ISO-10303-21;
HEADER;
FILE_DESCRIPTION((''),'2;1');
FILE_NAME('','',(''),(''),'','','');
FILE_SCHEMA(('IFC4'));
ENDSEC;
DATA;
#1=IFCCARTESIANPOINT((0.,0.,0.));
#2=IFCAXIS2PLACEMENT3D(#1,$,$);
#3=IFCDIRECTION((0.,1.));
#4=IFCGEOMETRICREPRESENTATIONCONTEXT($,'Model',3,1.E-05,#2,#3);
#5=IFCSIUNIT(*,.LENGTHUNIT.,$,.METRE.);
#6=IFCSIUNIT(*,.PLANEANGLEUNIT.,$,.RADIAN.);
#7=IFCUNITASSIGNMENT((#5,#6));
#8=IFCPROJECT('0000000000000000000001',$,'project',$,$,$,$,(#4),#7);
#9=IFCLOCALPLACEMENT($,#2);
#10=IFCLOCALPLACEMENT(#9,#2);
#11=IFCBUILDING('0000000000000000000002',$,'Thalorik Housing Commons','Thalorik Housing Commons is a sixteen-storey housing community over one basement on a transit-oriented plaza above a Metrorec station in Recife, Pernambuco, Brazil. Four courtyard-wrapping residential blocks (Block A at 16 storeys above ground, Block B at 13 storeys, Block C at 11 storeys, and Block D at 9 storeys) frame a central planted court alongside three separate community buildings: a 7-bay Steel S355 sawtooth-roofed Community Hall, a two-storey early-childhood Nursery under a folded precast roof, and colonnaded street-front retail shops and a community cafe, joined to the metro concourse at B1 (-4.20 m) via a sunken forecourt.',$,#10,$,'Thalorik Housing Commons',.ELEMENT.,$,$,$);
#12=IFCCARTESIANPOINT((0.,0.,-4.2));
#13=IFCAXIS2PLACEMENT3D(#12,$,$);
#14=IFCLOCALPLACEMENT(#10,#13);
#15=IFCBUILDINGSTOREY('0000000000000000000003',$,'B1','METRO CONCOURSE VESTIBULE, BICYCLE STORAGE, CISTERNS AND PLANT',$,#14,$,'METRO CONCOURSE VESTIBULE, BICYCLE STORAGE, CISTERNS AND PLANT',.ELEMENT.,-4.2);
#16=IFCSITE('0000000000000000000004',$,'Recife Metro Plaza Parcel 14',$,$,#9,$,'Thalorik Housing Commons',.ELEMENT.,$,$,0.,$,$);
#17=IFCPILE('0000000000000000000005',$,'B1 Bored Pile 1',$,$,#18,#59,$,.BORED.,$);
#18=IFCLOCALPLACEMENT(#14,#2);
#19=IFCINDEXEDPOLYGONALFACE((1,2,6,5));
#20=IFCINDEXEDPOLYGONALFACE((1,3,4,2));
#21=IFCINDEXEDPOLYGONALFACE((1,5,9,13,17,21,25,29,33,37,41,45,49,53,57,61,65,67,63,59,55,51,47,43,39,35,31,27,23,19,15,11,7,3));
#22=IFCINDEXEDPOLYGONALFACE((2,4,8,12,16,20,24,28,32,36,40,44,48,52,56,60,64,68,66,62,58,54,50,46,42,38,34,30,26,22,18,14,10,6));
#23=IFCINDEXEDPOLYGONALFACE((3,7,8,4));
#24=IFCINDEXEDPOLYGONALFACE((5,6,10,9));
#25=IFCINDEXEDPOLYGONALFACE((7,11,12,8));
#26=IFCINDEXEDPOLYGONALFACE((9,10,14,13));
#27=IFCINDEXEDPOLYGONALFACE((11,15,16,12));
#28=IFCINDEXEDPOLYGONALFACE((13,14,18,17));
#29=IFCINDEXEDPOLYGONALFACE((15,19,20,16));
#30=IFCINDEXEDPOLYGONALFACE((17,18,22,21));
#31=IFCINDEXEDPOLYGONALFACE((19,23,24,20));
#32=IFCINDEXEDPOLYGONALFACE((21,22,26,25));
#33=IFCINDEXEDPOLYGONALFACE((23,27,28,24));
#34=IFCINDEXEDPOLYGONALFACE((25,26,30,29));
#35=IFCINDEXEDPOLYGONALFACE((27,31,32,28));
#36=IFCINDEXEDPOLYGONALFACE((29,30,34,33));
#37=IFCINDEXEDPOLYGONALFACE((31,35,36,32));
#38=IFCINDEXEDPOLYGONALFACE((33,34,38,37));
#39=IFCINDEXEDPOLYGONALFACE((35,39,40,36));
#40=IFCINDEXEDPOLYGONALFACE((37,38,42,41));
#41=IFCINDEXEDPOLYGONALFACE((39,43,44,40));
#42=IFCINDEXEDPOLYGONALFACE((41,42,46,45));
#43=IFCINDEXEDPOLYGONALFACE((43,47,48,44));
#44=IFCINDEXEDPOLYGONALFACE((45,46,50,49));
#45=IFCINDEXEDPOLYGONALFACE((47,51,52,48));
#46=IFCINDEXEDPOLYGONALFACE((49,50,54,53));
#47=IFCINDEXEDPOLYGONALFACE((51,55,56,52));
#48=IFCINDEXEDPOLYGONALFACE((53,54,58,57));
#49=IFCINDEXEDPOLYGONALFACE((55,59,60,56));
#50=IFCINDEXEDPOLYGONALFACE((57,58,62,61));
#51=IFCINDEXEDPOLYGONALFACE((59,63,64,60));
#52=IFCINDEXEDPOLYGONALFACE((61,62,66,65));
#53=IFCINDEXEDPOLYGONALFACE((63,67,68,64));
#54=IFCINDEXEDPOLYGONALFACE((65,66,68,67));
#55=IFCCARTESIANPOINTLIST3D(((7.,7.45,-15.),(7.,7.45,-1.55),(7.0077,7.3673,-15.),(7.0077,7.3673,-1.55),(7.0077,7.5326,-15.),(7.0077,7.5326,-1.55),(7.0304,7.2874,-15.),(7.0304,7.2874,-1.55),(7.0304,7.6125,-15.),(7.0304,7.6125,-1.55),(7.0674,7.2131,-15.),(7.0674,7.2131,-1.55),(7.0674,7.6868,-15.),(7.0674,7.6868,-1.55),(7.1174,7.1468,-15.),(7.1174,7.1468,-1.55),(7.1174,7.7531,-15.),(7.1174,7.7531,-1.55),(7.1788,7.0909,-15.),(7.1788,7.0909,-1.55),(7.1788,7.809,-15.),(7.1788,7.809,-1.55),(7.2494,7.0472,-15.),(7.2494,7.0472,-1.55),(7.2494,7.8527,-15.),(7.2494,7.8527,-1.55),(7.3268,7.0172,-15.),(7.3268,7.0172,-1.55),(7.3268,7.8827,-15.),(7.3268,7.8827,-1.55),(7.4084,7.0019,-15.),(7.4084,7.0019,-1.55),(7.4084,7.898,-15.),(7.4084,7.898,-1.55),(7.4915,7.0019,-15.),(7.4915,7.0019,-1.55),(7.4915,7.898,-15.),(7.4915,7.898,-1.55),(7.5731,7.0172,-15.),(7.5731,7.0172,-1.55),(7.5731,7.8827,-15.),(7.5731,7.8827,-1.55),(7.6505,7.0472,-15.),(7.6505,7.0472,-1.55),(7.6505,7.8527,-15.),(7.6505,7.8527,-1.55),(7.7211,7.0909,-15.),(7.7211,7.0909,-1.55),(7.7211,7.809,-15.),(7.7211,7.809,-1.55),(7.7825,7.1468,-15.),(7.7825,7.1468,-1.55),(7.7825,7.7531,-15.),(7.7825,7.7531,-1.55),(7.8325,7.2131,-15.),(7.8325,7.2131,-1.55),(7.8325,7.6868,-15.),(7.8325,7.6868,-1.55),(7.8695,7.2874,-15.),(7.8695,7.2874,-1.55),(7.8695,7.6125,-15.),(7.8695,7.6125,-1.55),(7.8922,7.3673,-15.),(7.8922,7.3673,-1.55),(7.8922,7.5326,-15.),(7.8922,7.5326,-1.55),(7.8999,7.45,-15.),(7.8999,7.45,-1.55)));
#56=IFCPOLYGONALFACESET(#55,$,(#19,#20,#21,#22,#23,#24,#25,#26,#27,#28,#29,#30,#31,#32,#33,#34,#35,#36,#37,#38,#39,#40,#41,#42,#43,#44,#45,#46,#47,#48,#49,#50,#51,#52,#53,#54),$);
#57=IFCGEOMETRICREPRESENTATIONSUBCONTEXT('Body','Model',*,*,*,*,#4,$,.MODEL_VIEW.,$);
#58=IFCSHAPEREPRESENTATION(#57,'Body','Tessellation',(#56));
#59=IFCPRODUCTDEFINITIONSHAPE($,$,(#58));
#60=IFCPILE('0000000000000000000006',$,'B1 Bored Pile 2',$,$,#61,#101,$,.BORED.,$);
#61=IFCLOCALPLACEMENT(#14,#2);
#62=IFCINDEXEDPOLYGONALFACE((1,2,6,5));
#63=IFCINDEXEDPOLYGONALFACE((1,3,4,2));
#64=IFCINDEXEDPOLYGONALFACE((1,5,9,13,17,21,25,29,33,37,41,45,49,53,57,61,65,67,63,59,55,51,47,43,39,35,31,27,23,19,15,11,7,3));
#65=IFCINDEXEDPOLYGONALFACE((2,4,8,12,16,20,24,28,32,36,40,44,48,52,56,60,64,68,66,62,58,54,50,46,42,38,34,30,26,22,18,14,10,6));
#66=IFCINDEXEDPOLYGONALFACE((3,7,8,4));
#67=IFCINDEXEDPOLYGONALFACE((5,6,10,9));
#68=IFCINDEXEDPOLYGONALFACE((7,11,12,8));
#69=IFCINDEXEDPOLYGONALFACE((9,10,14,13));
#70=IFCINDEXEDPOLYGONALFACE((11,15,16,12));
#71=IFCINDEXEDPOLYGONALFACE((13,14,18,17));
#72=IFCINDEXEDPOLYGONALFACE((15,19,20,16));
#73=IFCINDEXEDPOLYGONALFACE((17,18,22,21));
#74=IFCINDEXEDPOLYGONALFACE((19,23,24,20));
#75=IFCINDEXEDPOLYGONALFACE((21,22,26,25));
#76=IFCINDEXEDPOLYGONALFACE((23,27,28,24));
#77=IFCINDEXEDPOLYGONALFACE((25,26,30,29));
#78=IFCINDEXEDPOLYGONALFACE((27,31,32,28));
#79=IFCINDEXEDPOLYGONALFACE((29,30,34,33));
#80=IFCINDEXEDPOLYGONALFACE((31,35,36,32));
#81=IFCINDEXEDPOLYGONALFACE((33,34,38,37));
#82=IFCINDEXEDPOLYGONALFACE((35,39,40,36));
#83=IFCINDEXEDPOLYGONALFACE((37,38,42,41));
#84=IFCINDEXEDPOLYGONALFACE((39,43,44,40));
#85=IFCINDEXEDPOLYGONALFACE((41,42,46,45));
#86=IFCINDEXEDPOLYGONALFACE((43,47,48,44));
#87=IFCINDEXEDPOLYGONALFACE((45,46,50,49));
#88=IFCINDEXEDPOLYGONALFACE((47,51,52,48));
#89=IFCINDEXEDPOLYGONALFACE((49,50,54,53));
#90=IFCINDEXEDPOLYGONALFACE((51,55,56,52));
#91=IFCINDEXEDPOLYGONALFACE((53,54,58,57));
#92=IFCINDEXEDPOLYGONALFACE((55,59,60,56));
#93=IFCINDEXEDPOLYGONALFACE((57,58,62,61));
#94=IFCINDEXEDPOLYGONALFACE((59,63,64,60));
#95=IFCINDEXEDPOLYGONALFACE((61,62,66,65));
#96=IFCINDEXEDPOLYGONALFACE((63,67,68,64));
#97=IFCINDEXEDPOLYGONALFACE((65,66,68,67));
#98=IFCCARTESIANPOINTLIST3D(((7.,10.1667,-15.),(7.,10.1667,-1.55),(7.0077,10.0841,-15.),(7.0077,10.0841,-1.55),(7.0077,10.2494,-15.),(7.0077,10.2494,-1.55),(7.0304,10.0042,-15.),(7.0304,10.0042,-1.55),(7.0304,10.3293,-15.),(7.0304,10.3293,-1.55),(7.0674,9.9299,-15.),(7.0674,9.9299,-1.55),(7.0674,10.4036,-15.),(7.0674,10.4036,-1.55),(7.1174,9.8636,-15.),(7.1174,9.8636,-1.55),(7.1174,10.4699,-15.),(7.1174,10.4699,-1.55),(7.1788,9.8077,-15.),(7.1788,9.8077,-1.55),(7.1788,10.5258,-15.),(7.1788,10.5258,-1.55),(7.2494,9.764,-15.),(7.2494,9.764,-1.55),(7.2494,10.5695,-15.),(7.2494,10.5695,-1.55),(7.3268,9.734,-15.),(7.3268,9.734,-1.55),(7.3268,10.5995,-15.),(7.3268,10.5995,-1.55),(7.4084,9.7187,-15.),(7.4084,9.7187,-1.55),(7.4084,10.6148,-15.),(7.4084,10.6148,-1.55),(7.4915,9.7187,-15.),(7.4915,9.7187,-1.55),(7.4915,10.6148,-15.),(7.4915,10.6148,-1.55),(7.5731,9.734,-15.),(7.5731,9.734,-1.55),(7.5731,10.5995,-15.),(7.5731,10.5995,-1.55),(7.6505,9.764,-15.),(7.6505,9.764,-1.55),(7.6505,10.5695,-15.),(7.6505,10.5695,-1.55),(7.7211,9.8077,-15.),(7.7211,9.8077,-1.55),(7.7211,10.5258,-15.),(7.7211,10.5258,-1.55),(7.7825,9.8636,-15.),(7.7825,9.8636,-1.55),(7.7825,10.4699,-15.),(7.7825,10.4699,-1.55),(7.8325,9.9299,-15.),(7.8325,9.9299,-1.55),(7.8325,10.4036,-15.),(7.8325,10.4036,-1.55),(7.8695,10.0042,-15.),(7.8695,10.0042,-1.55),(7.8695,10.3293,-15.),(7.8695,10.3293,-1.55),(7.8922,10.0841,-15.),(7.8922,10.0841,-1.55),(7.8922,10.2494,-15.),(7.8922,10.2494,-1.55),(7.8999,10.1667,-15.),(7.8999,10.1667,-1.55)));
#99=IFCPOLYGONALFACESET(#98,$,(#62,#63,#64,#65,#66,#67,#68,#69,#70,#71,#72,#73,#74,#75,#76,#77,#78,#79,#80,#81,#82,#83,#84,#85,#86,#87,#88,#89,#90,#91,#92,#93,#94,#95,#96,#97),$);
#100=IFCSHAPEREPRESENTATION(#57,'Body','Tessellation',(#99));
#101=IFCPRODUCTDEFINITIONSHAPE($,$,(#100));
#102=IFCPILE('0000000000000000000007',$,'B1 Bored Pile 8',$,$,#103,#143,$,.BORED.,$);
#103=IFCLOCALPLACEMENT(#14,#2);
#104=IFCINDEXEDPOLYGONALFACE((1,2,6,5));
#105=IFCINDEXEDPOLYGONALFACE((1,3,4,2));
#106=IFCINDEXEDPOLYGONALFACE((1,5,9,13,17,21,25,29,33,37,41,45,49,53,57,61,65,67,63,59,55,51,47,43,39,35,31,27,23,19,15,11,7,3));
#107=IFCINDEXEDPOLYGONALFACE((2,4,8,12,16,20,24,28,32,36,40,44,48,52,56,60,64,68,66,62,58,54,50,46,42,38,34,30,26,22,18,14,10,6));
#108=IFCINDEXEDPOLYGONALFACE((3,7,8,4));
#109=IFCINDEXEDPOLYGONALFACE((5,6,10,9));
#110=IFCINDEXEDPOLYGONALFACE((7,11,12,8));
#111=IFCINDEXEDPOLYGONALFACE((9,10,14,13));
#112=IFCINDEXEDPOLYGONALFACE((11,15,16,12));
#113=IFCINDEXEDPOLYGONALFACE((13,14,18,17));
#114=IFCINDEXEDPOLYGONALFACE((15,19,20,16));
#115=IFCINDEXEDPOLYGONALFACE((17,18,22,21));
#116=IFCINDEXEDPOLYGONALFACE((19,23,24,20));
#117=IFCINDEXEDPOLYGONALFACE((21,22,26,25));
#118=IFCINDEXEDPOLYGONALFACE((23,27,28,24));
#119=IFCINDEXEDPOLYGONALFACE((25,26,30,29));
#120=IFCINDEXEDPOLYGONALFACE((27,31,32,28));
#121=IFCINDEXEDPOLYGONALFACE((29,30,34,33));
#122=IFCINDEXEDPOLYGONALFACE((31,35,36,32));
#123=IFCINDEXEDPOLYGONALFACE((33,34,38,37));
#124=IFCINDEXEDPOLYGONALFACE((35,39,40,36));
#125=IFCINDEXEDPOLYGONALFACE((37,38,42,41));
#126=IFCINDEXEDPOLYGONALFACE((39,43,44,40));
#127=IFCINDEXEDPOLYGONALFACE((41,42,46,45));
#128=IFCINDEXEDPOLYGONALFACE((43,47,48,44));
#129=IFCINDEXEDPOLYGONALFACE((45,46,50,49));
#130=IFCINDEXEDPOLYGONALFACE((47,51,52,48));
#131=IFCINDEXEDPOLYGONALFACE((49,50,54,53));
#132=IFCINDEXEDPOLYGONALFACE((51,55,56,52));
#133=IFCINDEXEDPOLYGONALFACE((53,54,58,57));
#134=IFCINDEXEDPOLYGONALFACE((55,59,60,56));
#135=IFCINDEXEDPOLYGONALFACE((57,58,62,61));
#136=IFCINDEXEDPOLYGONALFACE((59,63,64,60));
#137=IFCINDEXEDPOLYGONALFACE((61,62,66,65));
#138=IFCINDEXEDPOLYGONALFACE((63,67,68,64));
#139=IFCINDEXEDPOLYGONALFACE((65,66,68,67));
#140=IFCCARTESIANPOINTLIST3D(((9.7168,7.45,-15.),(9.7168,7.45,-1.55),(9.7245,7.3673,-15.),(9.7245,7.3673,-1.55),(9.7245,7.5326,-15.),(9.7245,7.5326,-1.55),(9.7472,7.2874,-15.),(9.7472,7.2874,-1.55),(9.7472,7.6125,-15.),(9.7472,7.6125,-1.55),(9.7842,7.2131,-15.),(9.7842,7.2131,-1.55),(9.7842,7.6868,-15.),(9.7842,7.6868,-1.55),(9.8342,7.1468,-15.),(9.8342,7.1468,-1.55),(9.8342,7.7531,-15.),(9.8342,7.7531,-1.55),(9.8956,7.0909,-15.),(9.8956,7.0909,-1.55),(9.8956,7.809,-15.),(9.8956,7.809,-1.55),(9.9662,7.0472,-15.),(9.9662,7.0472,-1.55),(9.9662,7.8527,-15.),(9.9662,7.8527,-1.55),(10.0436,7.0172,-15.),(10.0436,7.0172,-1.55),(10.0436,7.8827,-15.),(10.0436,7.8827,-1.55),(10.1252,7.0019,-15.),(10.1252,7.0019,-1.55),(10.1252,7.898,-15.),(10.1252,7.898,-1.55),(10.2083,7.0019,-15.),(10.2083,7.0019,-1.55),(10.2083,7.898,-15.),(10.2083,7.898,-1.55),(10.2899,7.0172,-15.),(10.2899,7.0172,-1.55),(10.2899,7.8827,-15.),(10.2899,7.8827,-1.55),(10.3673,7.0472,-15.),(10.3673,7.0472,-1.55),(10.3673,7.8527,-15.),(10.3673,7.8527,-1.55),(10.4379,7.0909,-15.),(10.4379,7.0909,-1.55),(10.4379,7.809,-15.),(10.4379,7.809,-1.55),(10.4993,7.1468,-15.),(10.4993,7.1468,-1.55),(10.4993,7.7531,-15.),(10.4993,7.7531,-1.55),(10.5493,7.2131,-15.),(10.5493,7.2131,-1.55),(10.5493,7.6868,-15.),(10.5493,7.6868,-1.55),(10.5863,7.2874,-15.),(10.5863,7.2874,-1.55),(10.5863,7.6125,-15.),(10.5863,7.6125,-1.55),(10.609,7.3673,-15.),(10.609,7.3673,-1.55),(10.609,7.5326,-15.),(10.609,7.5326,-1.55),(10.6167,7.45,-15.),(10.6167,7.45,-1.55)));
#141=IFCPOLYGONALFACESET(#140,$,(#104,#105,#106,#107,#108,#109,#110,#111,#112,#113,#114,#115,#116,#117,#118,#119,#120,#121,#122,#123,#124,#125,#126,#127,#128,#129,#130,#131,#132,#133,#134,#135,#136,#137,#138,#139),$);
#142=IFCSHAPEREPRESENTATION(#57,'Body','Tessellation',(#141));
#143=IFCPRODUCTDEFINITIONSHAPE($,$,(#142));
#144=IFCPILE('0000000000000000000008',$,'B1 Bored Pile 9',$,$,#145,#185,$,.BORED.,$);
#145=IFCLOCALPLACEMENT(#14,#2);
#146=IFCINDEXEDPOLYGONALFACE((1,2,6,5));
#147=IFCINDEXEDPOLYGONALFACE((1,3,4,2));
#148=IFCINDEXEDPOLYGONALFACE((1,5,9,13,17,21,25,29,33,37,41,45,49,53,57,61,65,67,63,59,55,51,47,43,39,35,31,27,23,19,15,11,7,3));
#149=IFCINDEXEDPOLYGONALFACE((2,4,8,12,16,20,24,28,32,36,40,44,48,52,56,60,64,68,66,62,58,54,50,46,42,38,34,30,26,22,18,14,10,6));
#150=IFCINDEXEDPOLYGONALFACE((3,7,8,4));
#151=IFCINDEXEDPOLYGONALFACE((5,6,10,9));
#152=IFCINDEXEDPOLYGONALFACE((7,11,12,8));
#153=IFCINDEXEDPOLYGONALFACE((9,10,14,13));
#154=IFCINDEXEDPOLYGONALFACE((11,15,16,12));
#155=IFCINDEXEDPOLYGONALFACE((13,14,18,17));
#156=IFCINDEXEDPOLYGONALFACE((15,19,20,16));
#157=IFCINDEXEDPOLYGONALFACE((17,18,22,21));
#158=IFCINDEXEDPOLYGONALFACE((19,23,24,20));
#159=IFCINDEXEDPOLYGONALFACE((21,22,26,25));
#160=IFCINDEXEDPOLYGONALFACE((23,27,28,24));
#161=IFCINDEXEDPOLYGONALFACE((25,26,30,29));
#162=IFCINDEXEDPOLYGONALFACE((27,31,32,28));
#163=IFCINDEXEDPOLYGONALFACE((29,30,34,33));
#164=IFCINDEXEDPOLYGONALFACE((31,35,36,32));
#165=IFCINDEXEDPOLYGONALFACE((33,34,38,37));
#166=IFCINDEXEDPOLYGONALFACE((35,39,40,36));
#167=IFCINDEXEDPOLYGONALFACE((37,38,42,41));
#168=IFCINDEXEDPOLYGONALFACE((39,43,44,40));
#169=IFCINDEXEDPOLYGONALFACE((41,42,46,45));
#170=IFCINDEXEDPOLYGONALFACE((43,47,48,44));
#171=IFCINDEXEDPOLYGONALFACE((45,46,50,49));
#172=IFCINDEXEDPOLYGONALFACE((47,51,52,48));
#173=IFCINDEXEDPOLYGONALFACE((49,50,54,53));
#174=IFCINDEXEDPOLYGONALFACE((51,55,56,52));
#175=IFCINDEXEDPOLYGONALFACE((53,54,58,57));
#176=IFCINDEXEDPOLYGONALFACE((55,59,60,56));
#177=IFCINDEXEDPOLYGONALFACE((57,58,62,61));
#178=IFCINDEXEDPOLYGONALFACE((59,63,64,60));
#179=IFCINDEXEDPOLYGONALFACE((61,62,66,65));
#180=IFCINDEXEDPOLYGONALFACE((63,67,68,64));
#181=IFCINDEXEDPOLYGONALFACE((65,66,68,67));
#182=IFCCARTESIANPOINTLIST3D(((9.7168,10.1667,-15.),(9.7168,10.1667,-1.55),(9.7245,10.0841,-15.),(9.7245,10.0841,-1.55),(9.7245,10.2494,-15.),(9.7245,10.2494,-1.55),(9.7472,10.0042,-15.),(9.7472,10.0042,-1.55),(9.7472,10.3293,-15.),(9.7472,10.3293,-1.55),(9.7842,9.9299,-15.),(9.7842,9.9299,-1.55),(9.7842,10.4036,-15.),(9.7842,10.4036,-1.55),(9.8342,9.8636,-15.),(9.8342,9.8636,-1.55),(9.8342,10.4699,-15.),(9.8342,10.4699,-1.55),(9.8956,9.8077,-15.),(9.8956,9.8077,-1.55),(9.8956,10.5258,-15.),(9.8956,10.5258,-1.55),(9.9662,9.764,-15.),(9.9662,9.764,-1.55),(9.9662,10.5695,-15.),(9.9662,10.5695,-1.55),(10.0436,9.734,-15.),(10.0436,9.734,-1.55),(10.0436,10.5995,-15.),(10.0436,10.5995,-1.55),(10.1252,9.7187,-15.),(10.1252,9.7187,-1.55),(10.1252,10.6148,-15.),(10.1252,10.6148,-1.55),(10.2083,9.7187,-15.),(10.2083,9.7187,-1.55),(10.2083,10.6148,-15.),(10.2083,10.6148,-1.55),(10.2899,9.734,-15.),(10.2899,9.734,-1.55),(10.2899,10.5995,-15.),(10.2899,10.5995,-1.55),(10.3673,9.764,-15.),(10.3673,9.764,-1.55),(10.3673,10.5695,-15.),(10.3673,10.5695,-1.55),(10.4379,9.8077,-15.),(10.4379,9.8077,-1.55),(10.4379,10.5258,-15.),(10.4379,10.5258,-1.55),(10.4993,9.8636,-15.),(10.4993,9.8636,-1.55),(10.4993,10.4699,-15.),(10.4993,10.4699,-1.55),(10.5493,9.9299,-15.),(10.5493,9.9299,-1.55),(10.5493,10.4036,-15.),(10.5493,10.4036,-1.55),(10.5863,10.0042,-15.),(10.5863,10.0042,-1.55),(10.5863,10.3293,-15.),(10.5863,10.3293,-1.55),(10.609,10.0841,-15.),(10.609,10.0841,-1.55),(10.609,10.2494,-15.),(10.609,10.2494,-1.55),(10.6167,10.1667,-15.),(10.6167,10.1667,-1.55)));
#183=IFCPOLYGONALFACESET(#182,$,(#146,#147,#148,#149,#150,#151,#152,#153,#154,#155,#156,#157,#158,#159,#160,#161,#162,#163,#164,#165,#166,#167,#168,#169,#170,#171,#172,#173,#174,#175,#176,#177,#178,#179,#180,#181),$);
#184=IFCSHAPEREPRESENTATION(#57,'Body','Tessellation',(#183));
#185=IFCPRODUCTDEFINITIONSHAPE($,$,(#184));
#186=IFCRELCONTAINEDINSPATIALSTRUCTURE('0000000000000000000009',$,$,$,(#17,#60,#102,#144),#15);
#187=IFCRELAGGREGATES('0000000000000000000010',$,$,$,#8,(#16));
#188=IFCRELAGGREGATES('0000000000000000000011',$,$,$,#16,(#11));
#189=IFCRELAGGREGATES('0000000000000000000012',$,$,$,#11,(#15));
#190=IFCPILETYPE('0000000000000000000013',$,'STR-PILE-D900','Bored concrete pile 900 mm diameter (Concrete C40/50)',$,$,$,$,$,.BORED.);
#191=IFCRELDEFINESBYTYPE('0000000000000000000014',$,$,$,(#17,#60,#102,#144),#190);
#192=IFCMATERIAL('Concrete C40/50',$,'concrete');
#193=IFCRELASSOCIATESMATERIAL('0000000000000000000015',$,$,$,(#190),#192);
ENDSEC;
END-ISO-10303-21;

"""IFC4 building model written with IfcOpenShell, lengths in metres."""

from ifc_helpers import new_model, si_unit, direction, frame, origin, origin_2d, place, context, subcontext, project, spatial, circle, extrude, material, material_profile, profile_set, type_object, element, save


model = new_model("IFC4")

# Units and contexts
model_context = context("Model", 3, precision=1e-05, world=origin(), true_north=direction((0.0, 1.0)))
body_context = subcontext(model_context, "Body", "Model", "MODEL_VIEW")
ifc_project = project(units=[si_unit("LENGTHUNIT", "METRE"), si_unit("PLANEANGLEUNIT", "RADIAN")], contexts=[model_context])

# Site, building, storey
site_placement = place(None, origin())
site = spatial("IfcSite", under=ifc_project, at=site_placement, Name="Recife Metro Plaza Parcel 14", LongName="Thalorik Housing Commons", CompositionType="ELEMENT", RefElevation=0.0)
building_placement = place(site_placement, origin())
building = spatial("IfcBuilding", under=site, at=building_placement, Name="Thalorik Housing Commons", Description="Thalorik Housing Commons is a sixteen-storey housing community over one basement on a transit-oriented plaza above a Metrorec station in Recife, Pernambuco, Brazil. Four courtyard-wrapping residential blocks (Block A at 16 storeys above ground, Block B at 13 storeys, Block C at 11 storeys, and Block D at 9 storeys) frame a central planted court alongside three separate community buildings: a 7-bay Steel S355 sawtooth-roofed Community Hall, a two-storey early-childhood Nursery under a folded precast roof, and colonnaded street-front retail shops and a community cafe, joined to the metro concourse at B1 (-4.20 m) via a sunken forecourt.", LongName="Thalorik Housing Commons", CompositionType="ELEMENT")
storey_placement = place(building_placement, frame((0.0, 0.0, -4.2)))
storey = spatial("IfcBuildingStorey", under=building, at=storey_placement, Name="B1", Description="METRO CONCOURSE VESTIBULE, BICYCLE STORAGE, CISTERNS AND PLANT", LongName="METRO CONCOURSE VESTIBULE, BICYCLE STORAGE, CISTERNS AND PLANT", CompositionType="ELEMENT", Elevation=-4.2)

# Piles
ifc_material_1 = material(Name="Concrete C40/50", Category="concrete")
ifc_material_profile_1 = material_profile(ifc_material_1, circle(Radius=0.45, at=origin_2d()), Name="BORED PILE D900", Category="concrete")
ifc_profile_set_1 = profile_set([ifc_material_profile_1], Name="Concrete C40/50")
pile_type = type_object("IfcPileType", Name="STR-PILE-D900", Description="Bored concrete pile 900 mm diameter (Concrete C40/50)", PredefinedType="BORED", material=ifc_profile_set_1)
for number, where, z_axis, x_axis, name in (
    (1, (7.45, 7.45, -1.55), (0.0, 0.0, -1.0), (1.0, 0.0, 0.0), "B1 Bored Pile 1"),
    (2, (7.45, 10.1667, -1.55), (0.0, 0.0, -1.0), (1.0, 0.0, 0.0), "B1 Bored Pile 2"),
    (3, (10.1667, 7.45, -1.55), (0.0, 0.0, -1.0), (1.0, 0.0, 0.0), "B1 Bored Pile 8"),
    (4, (10.1667, 10.1667, -1.55), (0.0, 0.0, -1.0), (1.0, 0.0, 0.0), "B1 Bored Pile 9"),
):
    element("IfcPile", number, at=place(storey_placement, frame(where, z_axis=z_axis, x_axis=x_axis)), inside=storey, type_object=pile_type, Name=name, PredefinedType="BORED", context=body_context, shape_type="SweptSolid", body=[
        extrude(circle(Radius=0.45, at=origin_2d()), origin(), (0.0, 0.0, 1.0), 13.45),
    ])

save(model, "model.ifc")
